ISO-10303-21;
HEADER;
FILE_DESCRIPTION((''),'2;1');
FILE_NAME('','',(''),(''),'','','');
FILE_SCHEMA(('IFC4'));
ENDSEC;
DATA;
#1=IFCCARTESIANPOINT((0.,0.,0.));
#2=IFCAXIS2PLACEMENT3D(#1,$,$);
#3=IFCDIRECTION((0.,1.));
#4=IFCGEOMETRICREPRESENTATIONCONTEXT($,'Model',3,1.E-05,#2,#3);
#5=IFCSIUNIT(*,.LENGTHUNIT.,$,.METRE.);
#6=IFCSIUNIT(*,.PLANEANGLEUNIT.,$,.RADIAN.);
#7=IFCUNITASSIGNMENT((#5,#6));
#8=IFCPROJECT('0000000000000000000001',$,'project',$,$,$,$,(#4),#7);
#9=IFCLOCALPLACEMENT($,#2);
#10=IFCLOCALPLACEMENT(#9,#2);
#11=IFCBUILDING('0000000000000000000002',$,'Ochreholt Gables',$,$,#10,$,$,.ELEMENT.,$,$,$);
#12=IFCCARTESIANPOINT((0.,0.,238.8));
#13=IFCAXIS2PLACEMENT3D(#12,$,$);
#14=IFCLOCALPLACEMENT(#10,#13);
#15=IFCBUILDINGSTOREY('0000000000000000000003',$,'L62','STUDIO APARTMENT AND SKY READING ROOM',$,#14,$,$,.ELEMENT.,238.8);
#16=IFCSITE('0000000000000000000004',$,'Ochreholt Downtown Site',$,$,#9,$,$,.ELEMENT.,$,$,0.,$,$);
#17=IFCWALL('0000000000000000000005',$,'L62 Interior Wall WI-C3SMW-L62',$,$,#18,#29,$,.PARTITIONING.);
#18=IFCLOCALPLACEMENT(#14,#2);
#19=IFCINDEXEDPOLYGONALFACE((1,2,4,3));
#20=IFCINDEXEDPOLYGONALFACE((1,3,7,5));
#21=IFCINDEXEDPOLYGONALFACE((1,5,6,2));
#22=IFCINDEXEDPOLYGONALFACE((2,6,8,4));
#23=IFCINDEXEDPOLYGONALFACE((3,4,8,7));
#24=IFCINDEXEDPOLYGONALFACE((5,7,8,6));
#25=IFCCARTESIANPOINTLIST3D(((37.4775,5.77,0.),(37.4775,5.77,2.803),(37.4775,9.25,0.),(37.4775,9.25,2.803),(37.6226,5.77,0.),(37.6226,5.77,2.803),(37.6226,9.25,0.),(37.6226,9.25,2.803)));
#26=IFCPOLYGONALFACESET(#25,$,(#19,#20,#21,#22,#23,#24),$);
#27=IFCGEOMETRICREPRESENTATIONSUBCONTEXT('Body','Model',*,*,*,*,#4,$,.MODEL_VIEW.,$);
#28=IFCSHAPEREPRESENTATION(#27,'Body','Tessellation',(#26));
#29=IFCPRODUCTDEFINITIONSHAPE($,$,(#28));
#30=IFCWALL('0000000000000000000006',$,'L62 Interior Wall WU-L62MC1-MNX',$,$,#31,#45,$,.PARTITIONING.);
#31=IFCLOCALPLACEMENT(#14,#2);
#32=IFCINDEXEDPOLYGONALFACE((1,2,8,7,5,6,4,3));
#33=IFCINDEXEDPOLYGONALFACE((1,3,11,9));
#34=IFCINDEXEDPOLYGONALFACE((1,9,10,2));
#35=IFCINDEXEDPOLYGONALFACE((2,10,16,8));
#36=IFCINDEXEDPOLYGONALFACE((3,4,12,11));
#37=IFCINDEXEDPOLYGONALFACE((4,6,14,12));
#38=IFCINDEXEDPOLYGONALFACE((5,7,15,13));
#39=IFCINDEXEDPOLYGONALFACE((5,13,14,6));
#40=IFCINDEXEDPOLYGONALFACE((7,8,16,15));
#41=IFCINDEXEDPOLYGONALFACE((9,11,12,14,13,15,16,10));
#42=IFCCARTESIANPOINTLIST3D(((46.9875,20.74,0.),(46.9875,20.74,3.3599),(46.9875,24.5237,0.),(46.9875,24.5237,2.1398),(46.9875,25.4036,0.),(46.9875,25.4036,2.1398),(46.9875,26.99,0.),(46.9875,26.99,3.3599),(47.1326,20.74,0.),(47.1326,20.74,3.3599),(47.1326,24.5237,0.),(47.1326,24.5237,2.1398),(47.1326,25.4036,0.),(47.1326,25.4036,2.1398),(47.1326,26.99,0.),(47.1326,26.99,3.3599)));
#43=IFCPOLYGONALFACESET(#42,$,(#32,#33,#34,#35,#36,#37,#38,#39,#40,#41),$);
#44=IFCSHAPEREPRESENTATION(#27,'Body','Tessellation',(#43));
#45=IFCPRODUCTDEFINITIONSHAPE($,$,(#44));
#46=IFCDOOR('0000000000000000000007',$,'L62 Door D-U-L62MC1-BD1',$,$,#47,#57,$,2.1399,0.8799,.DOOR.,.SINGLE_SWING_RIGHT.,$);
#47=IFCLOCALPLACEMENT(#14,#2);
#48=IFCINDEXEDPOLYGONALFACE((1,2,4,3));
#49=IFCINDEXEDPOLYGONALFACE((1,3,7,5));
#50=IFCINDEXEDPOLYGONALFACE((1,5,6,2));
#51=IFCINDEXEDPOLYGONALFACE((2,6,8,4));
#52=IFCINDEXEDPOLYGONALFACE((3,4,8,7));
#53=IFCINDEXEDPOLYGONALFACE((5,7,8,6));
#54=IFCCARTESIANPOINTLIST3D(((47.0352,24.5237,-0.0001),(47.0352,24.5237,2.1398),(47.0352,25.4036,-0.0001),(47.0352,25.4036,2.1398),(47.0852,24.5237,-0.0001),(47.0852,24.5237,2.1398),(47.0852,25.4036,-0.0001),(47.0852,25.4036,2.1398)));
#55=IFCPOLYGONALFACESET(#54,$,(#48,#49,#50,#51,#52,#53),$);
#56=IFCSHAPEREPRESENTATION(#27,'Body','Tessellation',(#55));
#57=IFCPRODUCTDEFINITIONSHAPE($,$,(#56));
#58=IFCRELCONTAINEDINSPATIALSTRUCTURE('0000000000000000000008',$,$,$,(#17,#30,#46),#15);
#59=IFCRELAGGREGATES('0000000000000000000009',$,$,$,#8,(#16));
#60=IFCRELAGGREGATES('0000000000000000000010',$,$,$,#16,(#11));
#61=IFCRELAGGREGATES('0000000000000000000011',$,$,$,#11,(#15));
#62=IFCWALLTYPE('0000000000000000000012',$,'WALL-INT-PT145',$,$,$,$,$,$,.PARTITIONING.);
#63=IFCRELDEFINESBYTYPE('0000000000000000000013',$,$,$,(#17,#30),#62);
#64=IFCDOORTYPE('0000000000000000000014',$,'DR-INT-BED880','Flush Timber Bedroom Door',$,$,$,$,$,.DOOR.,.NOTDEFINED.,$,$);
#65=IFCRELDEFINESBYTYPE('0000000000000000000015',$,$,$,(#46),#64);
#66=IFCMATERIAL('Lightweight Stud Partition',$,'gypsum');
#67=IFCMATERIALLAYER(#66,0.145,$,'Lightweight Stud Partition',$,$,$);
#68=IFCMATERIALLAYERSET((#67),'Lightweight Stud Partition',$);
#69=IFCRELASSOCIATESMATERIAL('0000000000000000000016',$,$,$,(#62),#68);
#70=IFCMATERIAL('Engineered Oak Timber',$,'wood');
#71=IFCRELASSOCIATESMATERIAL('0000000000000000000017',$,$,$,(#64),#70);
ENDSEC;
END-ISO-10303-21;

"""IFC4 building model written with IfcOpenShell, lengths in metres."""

from ifc_helpers import new_model, si_unit, direction, frame, frame_2d, origin, place, context, subcontext, project, spatial, rectangle, extrude, material, layer, layer_set, type_object, element, fill, save


model = new_model("IFC4")

# Units and contexts
model_context = context("Model", 3, precision=1e-05, world=origin(), true_north=direction((0.0, 1.0)))
body_context = subcontext(model_context, "Body", "Model", "MODEL_VIEW")
ifc_project = project(units=[si_unit("LENGTHUNIT", "METRE"), si_unit("PLANEANGLEUNIT", "RADIAN")], contexts=[model_context])

# Site, building, storey
site_placement = place(None, origin())
site = spatial("IfcSite", under=ifc_project, at=site_placement, Name="Ochreholt Downtown Site", CompositionType="ELEMENT", RefElevation=0.0)
building_placement = place(site_placement, origin())
building = spatial("IfcBuilding", under=site, at=building_placement, Name="Ochreholt Gables", CompositionType="ELEMENT")
storey_placement = place(building_placement, frame((0.0, 0.0, 238.8)))
storey = spatial("IfcBuildingStorey", under=building, at=storey_placement, Name="L62", Description="STUDIO APARTMENT AND SKY READING ROOM", CompositionType="ELEMENT", Elevation=238.8)

# Shared definitions
ifc_material_1 = material(Name="Engineered Oak Timber", Category="wood")

# Wall
ifc_material_2 = material(Name="Lightweight Stud Partition", Category="gypsum")
ifc_layer_1 = layer(ifc_material_2, 0.145, Name="Lightweight Stud Partition")
ifc_layer_set_1 = layer_set([ifc_layer_1], Name="Lightweight Stud Partition")
wall_type_1 = type_object("IfcWallType", Name="WALL-INT-PT145", PredefinedType="PARTITIONING", material=ifc_layer_set_1)
wall_1_placement = place(storey_placement, frame((37.55, 5.77, 0.0), z_axis=(0.0, 0.0, 1.0), x_axis=(0.0, 1.0, 0.0)))
element("IfcWall", 1, at=wall_1_placement, inside=storey, type_object=wall_type_1, Name="L62 Interior Wall WI-C3SMW-L62", PredefinedType="PARTITIONING", context=body_context, shape_type="SweptSolid", body=[
    extrude(rectangle(XDim=3.48, YDim=0.145, at=frame_2d((1.74, 0.0))), origin(), (0.0, 0.0, 1.0), 2.803),
])

# Wall, opening, door
wall_2_placement = place(storey_placement, frame((47.0601, 20.74, 0.0), z_axis=(0.0, 0.0, 1.0), x_axis=(0.0, 1.0, 0.0)))
wall_2 = element("IfcWall", 2, at=wall_2_placement, inside=storey, type_object=wall_type_1, Name="L62 Interior Wall WU-L62MC1-MNX", PredefinedType="PARTITIONING", context=body_context, shape_type="SweptSolid", body=[
    extrude(rectangle(XDim=6.25, YDim=0.145, at=frame_2d((3.125, 0.0))), origin(), (0.0, 0.0, 1.0), 3.3599),
])
opening_1_placement = place(wall_2_placement, frame((3.7837, 0.0, 0.0)))
opening_1 = element("IfcOpeningElement", 3, at=opening_1_placement, cuts=wall_2, PredefinedType="OPENING", context=body_context, shape_type="SweptSolid", body=[
    extrude(rectangle(XDim=0.8799, YDim=2.1399, at=frame_2d((0.4399, 1.0698))), frame((0.0, 0.0825, 0.0), z_axis=(0.0, -1.0, 0.0), x_axis=(1.0, 0.0, 0.0)), (0.0, 0.0, 1.0), 0.165),
])
door_type_1 = type_object("IfcDoorType", Name="DR-INT-BED880", Description="Flush Timber Bedroom Door", OperationType="NOTDEFINED", PredefinedType="DOOR", material=ifc_material_1)
door_1_placement = place(opening_1_placement, origin())
door_1 = element("IfcDoor", 4, at=door_1_placement, inside=storey, type_object=door_type_1, Name="L62 Door D-U-L62MC1-BD1", OperationType="SINGLE_SWING_RIGHT", OverallHeight=2.1399, OverallWidth=0.8799, PredefinedType="DOOR", context=body_context, shape_type="SweptSolid", body=[
    extrude(rectangle(XDim=0.8799, YDim=2.1399, at=frame_2d((0.4399, 1.0698))), frame((0.0, 0.0249, 0.0), z_axis=(0.0, -1.0, 0.0), x_axis=(1.0, 0.0, 0.0)), (0.0, 0.0, 1.0), 0.05),
])
fill(opening_1, door_1)

save(model, "model.ifc")
